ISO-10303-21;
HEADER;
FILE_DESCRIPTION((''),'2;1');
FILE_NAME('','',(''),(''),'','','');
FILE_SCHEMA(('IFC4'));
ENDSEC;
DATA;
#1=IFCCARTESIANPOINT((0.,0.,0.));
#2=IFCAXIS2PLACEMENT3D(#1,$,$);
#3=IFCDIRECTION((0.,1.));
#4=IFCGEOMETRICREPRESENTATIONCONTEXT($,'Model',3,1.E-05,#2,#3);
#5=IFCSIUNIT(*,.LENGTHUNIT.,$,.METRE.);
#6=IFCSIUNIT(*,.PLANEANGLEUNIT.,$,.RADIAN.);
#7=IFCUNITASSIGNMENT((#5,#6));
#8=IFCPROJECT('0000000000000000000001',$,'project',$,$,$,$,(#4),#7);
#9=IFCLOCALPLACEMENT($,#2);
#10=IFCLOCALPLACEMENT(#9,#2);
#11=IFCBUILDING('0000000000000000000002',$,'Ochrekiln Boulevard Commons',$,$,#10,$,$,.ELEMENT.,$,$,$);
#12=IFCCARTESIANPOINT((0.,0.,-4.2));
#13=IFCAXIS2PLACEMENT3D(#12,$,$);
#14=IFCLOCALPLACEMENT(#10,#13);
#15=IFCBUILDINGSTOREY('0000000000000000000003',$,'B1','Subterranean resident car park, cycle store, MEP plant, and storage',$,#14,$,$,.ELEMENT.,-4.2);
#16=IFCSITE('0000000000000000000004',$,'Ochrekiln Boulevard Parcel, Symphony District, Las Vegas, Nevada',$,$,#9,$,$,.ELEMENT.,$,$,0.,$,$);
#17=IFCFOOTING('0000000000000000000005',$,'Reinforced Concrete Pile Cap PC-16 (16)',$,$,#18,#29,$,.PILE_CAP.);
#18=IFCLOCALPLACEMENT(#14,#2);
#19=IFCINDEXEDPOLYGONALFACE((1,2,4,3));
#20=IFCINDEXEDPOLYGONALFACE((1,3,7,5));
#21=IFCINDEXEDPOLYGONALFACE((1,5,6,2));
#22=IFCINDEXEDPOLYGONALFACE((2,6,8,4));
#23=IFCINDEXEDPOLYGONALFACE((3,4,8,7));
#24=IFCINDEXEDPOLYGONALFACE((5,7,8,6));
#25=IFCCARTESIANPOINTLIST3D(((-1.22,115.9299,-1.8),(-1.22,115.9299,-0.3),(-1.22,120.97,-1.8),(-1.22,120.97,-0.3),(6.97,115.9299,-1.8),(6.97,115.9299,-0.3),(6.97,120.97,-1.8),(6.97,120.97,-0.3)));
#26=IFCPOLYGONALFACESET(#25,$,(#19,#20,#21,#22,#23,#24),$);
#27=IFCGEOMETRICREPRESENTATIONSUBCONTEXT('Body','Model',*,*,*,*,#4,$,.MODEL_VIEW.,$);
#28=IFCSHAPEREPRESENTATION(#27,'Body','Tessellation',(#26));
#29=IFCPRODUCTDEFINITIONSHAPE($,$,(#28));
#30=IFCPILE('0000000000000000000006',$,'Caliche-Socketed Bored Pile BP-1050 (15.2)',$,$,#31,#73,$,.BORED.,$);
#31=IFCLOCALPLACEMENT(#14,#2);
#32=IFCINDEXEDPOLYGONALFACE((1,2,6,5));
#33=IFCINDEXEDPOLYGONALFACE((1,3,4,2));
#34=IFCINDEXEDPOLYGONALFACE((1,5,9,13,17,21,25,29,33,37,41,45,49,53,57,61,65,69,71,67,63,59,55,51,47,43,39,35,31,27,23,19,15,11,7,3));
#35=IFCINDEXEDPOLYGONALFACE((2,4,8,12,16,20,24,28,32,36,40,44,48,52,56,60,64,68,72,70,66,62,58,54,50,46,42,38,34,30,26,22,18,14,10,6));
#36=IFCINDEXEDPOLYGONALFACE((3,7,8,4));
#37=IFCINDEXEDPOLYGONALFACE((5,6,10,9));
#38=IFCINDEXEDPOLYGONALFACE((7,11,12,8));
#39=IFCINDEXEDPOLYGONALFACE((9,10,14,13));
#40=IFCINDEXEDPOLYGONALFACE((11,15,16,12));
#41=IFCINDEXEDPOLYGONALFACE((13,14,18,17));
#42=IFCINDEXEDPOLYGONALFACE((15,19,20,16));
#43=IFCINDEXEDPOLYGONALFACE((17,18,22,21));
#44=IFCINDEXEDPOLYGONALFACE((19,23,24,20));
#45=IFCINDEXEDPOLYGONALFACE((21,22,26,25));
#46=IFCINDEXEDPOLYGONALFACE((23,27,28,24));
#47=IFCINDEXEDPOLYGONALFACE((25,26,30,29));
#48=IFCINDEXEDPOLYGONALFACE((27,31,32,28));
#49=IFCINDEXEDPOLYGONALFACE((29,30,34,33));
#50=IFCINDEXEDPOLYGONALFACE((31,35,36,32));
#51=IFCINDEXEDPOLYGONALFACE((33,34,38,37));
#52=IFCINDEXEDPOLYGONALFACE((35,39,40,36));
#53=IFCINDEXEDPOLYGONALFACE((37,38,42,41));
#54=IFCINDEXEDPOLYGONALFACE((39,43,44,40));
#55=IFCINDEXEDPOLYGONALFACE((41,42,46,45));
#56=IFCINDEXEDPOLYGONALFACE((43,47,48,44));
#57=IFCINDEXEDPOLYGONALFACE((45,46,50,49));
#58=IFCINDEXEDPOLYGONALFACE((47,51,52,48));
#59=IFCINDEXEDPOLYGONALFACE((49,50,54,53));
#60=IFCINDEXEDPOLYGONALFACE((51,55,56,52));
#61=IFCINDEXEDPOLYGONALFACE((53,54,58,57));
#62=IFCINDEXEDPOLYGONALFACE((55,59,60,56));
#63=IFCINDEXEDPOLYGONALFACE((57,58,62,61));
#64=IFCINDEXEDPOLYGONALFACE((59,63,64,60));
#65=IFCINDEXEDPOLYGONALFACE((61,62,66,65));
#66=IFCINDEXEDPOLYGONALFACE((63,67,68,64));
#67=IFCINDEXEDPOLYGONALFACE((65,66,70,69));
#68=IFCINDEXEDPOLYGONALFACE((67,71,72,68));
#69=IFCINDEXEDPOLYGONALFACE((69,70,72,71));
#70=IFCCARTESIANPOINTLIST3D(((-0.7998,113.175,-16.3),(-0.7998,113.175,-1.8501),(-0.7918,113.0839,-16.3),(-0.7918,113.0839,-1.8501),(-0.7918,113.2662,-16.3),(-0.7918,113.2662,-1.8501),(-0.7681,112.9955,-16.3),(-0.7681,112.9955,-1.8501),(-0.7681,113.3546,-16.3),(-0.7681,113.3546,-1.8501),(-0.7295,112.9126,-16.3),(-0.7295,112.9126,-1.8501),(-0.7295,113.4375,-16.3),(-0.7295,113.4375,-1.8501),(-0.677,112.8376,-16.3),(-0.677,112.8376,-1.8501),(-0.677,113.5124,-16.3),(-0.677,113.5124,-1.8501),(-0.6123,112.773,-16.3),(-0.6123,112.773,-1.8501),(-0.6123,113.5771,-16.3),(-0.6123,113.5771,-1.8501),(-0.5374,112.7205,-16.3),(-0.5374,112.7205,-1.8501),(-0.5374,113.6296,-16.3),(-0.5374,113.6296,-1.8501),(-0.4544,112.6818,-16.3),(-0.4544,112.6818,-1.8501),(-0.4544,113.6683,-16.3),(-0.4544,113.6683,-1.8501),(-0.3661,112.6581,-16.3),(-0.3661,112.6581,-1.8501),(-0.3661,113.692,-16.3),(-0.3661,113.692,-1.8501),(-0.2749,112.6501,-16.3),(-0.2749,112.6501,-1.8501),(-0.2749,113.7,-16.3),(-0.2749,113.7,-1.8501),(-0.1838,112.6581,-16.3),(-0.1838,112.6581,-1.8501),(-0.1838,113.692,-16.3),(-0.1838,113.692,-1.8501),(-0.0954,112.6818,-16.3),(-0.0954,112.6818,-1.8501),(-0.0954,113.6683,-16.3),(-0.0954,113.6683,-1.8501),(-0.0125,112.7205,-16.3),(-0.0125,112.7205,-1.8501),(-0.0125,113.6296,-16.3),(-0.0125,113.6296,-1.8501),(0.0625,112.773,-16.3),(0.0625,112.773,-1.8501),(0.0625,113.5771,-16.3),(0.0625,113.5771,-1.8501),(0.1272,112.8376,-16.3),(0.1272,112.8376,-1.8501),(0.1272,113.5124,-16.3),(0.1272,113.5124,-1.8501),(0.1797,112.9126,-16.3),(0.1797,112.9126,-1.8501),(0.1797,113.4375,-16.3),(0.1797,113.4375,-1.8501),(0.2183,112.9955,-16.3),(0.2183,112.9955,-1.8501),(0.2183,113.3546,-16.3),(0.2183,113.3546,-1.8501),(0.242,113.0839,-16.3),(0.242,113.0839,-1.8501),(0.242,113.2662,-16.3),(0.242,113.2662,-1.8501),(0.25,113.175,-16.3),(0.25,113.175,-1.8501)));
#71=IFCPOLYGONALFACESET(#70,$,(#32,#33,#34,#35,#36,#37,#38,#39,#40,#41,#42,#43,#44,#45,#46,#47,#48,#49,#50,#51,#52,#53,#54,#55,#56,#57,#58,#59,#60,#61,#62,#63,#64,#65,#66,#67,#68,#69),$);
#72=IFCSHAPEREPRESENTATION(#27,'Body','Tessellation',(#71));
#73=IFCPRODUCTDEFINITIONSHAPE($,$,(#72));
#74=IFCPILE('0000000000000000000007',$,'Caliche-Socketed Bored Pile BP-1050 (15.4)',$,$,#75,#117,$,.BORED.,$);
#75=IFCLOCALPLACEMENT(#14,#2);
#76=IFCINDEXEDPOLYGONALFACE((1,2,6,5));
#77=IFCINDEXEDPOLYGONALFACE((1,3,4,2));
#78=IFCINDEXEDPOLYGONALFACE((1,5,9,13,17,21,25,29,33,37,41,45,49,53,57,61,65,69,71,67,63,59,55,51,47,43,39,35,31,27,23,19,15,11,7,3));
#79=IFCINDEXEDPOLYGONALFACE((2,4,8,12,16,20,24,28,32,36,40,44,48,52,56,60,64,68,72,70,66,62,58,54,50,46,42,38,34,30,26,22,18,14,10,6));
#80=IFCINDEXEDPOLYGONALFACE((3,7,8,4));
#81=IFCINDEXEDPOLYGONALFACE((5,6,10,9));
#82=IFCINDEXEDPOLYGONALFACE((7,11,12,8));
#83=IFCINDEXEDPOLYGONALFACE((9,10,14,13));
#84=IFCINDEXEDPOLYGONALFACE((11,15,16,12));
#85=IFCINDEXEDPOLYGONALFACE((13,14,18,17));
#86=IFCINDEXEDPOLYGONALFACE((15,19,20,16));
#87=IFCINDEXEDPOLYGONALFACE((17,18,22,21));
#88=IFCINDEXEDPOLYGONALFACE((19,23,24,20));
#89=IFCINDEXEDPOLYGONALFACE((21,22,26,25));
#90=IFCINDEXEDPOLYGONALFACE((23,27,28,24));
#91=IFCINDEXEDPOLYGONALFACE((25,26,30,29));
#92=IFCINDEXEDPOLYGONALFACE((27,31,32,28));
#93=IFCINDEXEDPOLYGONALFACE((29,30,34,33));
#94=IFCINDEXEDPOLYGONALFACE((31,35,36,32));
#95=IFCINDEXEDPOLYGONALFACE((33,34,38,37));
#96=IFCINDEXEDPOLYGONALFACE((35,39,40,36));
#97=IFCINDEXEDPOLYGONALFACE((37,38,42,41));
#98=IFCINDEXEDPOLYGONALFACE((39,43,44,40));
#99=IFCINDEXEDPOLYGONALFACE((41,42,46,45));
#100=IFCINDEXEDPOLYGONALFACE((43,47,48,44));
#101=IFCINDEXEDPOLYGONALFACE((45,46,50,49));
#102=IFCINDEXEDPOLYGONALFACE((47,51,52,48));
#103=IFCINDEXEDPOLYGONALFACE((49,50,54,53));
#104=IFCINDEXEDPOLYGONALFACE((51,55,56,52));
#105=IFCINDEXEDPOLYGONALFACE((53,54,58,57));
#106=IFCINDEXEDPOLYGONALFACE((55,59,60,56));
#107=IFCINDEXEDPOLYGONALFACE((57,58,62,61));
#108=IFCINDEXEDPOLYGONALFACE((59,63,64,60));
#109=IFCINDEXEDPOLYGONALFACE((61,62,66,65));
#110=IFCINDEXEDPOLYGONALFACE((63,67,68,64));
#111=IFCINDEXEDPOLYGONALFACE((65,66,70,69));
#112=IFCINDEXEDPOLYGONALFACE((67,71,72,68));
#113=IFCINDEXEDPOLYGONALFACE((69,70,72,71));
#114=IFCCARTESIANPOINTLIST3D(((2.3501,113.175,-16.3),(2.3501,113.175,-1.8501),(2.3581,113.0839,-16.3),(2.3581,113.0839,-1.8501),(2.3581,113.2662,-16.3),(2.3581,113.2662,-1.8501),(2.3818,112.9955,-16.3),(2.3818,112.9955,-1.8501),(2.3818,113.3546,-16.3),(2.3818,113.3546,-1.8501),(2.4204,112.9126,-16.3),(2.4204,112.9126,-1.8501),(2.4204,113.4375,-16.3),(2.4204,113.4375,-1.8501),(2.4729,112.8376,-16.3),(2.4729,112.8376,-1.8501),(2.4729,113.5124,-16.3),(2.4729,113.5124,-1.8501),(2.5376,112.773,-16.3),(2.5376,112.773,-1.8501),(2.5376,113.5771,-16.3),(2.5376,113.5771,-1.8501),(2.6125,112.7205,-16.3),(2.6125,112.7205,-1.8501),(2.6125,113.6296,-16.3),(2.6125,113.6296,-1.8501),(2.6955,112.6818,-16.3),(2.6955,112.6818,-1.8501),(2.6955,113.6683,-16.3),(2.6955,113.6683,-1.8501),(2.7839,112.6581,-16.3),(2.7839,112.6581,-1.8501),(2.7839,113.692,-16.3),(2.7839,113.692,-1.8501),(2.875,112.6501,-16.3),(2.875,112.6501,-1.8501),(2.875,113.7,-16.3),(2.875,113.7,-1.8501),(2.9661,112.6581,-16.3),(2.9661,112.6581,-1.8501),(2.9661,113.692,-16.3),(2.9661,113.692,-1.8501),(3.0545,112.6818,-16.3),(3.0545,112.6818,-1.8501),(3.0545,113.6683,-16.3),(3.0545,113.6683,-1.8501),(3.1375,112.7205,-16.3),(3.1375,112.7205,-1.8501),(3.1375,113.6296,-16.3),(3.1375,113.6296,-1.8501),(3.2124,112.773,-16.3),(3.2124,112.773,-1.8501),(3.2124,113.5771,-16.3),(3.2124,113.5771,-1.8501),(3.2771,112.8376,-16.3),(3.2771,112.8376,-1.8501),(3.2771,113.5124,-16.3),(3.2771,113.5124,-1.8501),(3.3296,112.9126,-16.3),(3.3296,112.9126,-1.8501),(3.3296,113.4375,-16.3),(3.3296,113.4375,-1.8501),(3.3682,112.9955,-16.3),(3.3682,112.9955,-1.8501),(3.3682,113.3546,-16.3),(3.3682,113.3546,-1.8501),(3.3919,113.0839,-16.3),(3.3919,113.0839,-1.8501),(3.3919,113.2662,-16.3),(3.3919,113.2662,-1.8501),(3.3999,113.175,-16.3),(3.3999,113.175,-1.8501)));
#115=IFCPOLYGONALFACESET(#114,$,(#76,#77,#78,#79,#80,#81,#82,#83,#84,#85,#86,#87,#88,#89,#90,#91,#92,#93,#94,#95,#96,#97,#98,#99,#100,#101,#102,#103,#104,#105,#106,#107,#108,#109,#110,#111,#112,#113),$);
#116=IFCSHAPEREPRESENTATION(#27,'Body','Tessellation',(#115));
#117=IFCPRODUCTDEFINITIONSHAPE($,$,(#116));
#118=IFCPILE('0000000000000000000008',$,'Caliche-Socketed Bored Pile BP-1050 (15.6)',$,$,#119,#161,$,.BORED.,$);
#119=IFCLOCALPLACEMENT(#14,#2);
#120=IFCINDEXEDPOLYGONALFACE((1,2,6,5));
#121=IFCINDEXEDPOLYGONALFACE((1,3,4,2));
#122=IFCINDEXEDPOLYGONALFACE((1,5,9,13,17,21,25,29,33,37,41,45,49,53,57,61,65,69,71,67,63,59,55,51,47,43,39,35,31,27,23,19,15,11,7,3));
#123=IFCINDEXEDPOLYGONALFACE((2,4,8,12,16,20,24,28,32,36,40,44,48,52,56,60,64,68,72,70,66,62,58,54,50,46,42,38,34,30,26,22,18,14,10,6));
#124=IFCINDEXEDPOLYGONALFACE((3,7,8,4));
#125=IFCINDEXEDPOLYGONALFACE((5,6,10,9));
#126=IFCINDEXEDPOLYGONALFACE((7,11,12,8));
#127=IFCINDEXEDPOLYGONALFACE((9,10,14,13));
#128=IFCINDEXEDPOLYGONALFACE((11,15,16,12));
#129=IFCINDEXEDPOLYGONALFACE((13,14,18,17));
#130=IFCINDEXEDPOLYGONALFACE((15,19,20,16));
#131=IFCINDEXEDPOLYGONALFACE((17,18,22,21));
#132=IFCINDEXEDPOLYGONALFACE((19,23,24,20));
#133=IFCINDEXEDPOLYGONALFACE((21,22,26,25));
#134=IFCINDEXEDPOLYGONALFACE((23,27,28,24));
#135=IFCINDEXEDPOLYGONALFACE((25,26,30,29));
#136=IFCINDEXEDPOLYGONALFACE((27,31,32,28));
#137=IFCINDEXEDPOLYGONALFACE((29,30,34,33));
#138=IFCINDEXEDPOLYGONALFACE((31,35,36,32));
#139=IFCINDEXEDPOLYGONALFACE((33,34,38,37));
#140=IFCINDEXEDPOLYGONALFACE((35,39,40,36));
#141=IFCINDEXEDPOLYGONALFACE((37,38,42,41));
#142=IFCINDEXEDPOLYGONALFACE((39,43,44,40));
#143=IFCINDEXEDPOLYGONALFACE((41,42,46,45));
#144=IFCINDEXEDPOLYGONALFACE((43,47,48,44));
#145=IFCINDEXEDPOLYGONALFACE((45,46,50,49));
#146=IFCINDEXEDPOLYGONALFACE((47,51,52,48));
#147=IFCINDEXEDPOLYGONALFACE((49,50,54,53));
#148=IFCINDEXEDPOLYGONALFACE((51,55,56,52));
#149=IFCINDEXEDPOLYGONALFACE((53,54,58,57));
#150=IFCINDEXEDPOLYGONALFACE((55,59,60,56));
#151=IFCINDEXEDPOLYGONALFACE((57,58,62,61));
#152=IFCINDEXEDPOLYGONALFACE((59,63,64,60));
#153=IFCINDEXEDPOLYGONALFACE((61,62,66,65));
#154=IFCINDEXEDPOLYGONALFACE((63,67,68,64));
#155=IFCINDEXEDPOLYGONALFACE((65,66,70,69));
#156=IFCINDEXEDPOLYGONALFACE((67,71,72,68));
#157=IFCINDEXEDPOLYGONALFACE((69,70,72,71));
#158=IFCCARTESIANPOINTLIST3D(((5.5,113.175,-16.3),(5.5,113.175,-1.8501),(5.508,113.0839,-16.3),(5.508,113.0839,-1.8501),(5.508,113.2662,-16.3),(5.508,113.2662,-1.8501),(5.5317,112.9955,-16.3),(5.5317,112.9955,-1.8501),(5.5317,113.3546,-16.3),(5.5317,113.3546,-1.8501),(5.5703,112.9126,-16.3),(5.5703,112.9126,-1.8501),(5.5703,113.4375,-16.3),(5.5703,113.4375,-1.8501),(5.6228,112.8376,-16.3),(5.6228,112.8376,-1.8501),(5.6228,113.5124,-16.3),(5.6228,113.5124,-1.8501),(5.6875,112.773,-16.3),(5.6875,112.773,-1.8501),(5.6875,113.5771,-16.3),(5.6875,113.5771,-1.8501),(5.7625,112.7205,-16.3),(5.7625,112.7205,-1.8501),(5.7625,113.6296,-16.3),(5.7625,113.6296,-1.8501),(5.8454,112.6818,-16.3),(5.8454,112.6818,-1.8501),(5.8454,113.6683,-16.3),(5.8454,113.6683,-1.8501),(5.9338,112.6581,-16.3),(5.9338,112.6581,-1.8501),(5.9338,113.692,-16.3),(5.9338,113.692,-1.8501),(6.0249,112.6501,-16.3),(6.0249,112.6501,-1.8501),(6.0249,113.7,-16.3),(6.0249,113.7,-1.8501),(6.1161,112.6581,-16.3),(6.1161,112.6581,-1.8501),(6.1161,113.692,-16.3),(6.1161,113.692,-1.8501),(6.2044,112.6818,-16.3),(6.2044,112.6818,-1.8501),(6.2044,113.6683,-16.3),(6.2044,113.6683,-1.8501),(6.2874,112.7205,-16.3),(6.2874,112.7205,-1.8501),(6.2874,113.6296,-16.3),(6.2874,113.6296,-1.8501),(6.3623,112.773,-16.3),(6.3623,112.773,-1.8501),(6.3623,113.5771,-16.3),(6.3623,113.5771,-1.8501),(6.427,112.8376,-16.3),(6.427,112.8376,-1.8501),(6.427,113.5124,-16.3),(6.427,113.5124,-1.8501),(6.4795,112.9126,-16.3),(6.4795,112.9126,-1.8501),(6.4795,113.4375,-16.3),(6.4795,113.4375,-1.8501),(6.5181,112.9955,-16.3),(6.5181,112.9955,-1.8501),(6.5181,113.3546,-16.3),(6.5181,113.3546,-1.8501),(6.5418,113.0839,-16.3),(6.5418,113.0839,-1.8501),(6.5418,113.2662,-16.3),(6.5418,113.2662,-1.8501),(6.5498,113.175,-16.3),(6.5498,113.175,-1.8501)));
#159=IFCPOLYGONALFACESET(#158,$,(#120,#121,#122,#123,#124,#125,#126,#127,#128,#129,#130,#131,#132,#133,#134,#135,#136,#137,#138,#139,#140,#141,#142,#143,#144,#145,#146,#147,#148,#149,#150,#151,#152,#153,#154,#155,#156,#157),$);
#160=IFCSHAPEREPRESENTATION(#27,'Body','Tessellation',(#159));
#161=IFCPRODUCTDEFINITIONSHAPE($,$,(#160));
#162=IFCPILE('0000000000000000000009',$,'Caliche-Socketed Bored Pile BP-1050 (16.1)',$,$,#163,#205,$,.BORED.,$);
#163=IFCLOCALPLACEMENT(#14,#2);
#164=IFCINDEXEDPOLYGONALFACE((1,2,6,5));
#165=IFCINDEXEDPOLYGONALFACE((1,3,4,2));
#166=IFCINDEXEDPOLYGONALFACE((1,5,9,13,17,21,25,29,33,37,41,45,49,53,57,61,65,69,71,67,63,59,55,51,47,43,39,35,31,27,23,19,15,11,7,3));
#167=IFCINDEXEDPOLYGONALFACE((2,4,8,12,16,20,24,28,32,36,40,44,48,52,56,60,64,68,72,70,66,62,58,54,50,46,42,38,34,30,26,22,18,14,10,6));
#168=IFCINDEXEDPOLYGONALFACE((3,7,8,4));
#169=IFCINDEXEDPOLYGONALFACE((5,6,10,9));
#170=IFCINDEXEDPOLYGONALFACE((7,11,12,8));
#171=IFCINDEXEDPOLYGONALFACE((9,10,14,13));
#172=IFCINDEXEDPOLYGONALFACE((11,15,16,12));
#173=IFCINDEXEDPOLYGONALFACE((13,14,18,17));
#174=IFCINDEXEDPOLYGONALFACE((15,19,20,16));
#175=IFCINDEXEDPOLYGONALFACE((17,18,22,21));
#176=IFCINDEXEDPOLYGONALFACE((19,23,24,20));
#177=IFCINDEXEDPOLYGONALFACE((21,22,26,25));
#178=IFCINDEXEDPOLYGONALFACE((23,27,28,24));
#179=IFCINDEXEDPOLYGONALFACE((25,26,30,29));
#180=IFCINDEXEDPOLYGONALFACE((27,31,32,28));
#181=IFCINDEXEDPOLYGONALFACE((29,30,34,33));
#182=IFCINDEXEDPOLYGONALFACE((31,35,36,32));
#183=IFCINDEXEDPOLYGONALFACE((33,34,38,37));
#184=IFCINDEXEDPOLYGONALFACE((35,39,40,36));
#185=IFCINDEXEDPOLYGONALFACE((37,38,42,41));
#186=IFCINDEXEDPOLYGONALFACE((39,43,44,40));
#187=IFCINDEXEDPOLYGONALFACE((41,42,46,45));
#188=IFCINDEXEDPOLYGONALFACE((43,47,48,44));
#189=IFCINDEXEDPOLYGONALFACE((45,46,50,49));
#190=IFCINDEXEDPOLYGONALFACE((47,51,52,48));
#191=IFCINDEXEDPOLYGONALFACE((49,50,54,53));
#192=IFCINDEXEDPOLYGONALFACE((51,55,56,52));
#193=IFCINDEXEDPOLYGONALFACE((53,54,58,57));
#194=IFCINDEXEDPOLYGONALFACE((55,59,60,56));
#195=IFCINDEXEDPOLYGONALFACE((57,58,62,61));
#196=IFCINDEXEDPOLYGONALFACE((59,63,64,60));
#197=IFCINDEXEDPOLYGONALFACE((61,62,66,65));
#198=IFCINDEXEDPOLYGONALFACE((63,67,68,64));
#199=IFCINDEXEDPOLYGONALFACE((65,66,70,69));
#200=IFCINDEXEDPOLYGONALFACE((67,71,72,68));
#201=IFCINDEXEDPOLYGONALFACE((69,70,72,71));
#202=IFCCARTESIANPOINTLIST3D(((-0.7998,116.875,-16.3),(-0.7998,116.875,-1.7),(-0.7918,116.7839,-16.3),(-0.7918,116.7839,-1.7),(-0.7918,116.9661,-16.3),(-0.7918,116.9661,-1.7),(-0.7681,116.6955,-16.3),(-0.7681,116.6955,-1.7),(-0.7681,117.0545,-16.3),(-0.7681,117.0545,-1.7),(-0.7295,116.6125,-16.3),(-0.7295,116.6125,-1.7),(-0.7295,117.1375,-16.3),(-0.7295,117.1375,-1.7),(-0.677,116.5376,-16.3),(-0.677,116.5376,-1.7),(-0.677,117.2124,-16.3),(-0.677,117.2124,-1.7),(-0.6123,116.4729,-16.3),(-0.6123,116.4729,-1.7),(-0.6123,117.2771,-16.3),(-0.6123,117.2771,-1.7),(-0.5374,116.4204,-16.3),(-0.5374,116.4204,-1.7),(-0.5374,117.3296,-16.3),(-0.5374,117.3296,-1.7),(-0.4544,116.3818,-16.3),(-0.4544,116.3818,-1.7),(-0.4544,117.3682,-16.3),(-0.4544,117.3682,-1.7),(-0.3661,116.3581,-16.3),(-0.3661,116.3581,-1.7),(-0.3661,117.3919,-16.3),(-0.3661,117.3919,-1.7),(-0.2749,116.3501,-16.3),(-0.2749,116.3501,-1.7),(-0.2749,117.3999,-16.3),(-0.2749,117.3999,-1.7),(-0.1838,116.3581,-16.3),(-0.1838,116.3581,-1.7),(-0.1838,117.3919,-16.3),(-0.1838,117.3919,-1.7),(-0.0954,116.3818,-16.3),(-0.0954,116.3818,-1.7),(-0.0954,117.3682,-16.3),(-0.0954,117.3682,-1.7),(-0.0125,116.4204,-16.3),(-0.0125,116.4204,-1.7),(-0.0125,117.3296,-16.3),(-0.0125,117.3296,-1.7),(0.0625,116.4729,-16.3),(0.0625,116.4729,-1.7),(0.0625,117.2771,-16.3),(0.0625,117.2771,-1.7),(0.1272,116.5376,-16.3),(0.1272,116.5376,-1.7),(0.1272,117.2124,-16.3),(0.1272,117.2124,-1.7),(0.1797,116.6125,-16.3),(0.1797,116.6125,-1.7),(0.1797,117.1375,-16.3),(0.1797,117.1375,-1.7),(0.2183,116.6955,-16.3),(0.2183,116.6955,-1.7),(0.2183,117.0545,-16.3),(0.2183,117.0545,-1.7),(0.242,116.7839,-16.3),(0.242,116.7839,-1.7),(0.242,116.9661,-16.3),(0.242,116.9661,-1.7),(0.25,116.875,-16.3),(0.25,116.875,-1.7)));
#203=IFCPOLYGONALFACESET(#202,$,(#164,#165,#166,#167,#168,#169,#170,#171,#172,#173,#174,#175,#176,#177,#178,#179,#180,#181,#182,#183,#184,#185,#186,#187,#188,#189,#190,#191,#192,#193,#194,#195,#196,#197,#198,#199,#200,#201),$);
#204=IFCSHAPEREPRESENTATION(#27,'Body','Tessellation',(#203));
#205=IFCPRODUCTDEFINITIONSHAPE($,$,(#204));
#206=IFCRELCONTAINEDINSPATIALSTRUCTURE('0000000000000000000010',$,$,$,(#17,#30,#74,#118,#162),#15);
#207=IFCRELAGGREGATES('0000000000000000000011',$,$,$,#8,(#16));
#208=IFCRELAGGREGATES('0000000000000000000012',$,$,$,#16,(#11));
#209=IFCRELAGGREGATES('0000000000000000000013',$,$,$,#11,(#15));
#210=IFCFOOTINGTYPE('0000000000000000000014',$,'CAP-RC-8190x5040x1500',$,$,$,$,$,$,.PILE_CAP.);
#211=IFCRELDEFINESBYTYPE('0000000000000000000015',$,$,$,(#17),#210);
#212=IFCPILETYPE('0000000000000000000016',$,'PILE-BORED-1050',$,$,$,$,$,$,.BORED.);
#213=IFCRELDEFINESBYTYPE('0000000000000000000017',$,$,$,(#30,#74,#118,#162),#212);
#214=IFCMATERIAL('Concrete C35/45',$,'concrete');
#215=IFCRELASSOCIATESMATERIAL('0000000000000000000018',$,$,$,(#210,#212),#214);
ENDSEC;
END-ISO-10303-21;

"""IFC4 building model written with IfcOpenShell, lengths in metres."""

from ifc_helpers import new_model, si_unit, direction, frame, origin, origin_2d, place, context, subcontext, project, spatial, rectangle, circle, extrude, material, material_profile, profile_set, type_object, element, save


model = new_model("IFC4")

# Units and contexts
model_context = context("Model", 3, precision=1e-05, world=origin(), true_north=direction((0.0, 1.0)))
body_context = subcontext(model_context, "Body", "Model", "MODEL_VIEW")
ifc_project = project(units=[si_unit("LENGTHUNIT", "METRE"), si_unit("PLANEANGLEUNIT", "RADIAN")], contexts=[model_context])

# Site, building, storey
site_placement = place(None, origin())
site = spatial("IfcSite", under=ifc_project, at=site_placement, Name="Ochrekiln Boulevard Parcel, Symphony District, Las Vegas, Nevada", CompositionType="ELEMENT", RefElevation=0.0)
building_placement = place(site_placement, origin())
building = spatial("IfcBuilding", under=site, at=building_placement, Name="Ochrekiln Boulevard Commons", CompositionType="ELEMENT")
storey_placement = place(building_placement, frame((0.0, 0.0, -4.2)))
storey = spatial("IfcBuildingStorey", under=building, at=storey_placement, Name="B1", Description="Subterranean resident car park, cycle store, MEP plant, and storage", CompositionType="ELEMENT", Elevation=-4.2)

# Footing
ifc_material_1 = material(Name="Concrete C35/45", Category="concrete")
footing_type = type_object("IfcFootingType", Name="CAP-RC-8190x5040x1500", PredefinedType="PILE_CAP", material=ifc_material_1)
footing_placement = place(storey_placement, frame((2.875, 118.45, -1.8), z_axis=(0.0, 0.0, 1.0), x_axis=(1.0, 0.0, 0.0)))
element("IfcFooting", 1, at=footing_placement, inside=storey, type_object=footing_type, Name="Reinforced Concrete Pile Cap PC-16 (16)", PredefinedType="PILE_CAP", context=body_context, shape_type="SweptSolid", body=[
    extrude(rectangle(XDim=8.1899, YDim=5.04, at=origin_2d()), origin(), (0.0, 0.0, 1.0), 1.5),
])

# Piles
ifc_material_profile_1 = material_profile(ifc_material_1, circle(Radius=0.5249, at=origin_2d()), Name="PILE-D1050")
ifc_profile_set_1 = profile_set([ifc_material_profile_1], Name="Concrete C35/45")
pile_type = type_object("IfcPileType", Name="PILE-BORED-1050", PredefinedType="BORED", material=ifc_profile_set_1)
for number, where, z_axis, x_axis, name in (
    (2, (-0.2749, 113.175, -1.8501), (0.0, 0.0, -1.0), (1.0, 0.0, 0.0), "Caliche-Socketed Bored Pile BP-1050 (15.2)"),
    (3, (2.875, 113.175, -1.8501), (0.0, 0.0, -1.0), (1.0, 0.0, 0.0), "Caliche-Socketed Bored Pile BP-1050 (15.4)"),
    (4, (6.0249, 113.175, -1.8501), (0.0, 0.0, -1.0), (1.0, 0.0, 0.0), "Caliche-Socketed Bored Pile BP-1050 (15.6)"),
):
    element("IfcPile", number, at=place(storey_placement, frame(where, z_axis=z_axis, x_axis=x_axis)), inside=storey, type_object=pile_type, Name=name, PredefinedType="BORED", context=body_context, shape_type="SweptSolid", body=[
        extrude(circle(Radius=0.5249, at=origin_2d()), origin(), (0.0, 0.0, 1.0), 14.45),
    ])
for number, where, z_axis, x_axis, name in (
    (5, (-0.2749, 116.875, -1.7), (0.0, 0.0, -1.0), (1.0, 0.0, 0.0), "Caliche-Socketed Bored Pile BP-1050 (16.1)"),
):
    element("IfcPile", number, at=place(storey_placement, frame(where, z_axis=z_axis, x_axis=x_axis)), inside=storey, type_object=pile_type, Name=name, PredefinedType="BORED", context=body_context, shape_type="SweptSolid", body=[
        extrude(circle(Radius=0.5249, at=origin_2d()), origin(), (0.0, 0.0, 1.0), 14.6001),
    ])

save(model, "model.ifc")
